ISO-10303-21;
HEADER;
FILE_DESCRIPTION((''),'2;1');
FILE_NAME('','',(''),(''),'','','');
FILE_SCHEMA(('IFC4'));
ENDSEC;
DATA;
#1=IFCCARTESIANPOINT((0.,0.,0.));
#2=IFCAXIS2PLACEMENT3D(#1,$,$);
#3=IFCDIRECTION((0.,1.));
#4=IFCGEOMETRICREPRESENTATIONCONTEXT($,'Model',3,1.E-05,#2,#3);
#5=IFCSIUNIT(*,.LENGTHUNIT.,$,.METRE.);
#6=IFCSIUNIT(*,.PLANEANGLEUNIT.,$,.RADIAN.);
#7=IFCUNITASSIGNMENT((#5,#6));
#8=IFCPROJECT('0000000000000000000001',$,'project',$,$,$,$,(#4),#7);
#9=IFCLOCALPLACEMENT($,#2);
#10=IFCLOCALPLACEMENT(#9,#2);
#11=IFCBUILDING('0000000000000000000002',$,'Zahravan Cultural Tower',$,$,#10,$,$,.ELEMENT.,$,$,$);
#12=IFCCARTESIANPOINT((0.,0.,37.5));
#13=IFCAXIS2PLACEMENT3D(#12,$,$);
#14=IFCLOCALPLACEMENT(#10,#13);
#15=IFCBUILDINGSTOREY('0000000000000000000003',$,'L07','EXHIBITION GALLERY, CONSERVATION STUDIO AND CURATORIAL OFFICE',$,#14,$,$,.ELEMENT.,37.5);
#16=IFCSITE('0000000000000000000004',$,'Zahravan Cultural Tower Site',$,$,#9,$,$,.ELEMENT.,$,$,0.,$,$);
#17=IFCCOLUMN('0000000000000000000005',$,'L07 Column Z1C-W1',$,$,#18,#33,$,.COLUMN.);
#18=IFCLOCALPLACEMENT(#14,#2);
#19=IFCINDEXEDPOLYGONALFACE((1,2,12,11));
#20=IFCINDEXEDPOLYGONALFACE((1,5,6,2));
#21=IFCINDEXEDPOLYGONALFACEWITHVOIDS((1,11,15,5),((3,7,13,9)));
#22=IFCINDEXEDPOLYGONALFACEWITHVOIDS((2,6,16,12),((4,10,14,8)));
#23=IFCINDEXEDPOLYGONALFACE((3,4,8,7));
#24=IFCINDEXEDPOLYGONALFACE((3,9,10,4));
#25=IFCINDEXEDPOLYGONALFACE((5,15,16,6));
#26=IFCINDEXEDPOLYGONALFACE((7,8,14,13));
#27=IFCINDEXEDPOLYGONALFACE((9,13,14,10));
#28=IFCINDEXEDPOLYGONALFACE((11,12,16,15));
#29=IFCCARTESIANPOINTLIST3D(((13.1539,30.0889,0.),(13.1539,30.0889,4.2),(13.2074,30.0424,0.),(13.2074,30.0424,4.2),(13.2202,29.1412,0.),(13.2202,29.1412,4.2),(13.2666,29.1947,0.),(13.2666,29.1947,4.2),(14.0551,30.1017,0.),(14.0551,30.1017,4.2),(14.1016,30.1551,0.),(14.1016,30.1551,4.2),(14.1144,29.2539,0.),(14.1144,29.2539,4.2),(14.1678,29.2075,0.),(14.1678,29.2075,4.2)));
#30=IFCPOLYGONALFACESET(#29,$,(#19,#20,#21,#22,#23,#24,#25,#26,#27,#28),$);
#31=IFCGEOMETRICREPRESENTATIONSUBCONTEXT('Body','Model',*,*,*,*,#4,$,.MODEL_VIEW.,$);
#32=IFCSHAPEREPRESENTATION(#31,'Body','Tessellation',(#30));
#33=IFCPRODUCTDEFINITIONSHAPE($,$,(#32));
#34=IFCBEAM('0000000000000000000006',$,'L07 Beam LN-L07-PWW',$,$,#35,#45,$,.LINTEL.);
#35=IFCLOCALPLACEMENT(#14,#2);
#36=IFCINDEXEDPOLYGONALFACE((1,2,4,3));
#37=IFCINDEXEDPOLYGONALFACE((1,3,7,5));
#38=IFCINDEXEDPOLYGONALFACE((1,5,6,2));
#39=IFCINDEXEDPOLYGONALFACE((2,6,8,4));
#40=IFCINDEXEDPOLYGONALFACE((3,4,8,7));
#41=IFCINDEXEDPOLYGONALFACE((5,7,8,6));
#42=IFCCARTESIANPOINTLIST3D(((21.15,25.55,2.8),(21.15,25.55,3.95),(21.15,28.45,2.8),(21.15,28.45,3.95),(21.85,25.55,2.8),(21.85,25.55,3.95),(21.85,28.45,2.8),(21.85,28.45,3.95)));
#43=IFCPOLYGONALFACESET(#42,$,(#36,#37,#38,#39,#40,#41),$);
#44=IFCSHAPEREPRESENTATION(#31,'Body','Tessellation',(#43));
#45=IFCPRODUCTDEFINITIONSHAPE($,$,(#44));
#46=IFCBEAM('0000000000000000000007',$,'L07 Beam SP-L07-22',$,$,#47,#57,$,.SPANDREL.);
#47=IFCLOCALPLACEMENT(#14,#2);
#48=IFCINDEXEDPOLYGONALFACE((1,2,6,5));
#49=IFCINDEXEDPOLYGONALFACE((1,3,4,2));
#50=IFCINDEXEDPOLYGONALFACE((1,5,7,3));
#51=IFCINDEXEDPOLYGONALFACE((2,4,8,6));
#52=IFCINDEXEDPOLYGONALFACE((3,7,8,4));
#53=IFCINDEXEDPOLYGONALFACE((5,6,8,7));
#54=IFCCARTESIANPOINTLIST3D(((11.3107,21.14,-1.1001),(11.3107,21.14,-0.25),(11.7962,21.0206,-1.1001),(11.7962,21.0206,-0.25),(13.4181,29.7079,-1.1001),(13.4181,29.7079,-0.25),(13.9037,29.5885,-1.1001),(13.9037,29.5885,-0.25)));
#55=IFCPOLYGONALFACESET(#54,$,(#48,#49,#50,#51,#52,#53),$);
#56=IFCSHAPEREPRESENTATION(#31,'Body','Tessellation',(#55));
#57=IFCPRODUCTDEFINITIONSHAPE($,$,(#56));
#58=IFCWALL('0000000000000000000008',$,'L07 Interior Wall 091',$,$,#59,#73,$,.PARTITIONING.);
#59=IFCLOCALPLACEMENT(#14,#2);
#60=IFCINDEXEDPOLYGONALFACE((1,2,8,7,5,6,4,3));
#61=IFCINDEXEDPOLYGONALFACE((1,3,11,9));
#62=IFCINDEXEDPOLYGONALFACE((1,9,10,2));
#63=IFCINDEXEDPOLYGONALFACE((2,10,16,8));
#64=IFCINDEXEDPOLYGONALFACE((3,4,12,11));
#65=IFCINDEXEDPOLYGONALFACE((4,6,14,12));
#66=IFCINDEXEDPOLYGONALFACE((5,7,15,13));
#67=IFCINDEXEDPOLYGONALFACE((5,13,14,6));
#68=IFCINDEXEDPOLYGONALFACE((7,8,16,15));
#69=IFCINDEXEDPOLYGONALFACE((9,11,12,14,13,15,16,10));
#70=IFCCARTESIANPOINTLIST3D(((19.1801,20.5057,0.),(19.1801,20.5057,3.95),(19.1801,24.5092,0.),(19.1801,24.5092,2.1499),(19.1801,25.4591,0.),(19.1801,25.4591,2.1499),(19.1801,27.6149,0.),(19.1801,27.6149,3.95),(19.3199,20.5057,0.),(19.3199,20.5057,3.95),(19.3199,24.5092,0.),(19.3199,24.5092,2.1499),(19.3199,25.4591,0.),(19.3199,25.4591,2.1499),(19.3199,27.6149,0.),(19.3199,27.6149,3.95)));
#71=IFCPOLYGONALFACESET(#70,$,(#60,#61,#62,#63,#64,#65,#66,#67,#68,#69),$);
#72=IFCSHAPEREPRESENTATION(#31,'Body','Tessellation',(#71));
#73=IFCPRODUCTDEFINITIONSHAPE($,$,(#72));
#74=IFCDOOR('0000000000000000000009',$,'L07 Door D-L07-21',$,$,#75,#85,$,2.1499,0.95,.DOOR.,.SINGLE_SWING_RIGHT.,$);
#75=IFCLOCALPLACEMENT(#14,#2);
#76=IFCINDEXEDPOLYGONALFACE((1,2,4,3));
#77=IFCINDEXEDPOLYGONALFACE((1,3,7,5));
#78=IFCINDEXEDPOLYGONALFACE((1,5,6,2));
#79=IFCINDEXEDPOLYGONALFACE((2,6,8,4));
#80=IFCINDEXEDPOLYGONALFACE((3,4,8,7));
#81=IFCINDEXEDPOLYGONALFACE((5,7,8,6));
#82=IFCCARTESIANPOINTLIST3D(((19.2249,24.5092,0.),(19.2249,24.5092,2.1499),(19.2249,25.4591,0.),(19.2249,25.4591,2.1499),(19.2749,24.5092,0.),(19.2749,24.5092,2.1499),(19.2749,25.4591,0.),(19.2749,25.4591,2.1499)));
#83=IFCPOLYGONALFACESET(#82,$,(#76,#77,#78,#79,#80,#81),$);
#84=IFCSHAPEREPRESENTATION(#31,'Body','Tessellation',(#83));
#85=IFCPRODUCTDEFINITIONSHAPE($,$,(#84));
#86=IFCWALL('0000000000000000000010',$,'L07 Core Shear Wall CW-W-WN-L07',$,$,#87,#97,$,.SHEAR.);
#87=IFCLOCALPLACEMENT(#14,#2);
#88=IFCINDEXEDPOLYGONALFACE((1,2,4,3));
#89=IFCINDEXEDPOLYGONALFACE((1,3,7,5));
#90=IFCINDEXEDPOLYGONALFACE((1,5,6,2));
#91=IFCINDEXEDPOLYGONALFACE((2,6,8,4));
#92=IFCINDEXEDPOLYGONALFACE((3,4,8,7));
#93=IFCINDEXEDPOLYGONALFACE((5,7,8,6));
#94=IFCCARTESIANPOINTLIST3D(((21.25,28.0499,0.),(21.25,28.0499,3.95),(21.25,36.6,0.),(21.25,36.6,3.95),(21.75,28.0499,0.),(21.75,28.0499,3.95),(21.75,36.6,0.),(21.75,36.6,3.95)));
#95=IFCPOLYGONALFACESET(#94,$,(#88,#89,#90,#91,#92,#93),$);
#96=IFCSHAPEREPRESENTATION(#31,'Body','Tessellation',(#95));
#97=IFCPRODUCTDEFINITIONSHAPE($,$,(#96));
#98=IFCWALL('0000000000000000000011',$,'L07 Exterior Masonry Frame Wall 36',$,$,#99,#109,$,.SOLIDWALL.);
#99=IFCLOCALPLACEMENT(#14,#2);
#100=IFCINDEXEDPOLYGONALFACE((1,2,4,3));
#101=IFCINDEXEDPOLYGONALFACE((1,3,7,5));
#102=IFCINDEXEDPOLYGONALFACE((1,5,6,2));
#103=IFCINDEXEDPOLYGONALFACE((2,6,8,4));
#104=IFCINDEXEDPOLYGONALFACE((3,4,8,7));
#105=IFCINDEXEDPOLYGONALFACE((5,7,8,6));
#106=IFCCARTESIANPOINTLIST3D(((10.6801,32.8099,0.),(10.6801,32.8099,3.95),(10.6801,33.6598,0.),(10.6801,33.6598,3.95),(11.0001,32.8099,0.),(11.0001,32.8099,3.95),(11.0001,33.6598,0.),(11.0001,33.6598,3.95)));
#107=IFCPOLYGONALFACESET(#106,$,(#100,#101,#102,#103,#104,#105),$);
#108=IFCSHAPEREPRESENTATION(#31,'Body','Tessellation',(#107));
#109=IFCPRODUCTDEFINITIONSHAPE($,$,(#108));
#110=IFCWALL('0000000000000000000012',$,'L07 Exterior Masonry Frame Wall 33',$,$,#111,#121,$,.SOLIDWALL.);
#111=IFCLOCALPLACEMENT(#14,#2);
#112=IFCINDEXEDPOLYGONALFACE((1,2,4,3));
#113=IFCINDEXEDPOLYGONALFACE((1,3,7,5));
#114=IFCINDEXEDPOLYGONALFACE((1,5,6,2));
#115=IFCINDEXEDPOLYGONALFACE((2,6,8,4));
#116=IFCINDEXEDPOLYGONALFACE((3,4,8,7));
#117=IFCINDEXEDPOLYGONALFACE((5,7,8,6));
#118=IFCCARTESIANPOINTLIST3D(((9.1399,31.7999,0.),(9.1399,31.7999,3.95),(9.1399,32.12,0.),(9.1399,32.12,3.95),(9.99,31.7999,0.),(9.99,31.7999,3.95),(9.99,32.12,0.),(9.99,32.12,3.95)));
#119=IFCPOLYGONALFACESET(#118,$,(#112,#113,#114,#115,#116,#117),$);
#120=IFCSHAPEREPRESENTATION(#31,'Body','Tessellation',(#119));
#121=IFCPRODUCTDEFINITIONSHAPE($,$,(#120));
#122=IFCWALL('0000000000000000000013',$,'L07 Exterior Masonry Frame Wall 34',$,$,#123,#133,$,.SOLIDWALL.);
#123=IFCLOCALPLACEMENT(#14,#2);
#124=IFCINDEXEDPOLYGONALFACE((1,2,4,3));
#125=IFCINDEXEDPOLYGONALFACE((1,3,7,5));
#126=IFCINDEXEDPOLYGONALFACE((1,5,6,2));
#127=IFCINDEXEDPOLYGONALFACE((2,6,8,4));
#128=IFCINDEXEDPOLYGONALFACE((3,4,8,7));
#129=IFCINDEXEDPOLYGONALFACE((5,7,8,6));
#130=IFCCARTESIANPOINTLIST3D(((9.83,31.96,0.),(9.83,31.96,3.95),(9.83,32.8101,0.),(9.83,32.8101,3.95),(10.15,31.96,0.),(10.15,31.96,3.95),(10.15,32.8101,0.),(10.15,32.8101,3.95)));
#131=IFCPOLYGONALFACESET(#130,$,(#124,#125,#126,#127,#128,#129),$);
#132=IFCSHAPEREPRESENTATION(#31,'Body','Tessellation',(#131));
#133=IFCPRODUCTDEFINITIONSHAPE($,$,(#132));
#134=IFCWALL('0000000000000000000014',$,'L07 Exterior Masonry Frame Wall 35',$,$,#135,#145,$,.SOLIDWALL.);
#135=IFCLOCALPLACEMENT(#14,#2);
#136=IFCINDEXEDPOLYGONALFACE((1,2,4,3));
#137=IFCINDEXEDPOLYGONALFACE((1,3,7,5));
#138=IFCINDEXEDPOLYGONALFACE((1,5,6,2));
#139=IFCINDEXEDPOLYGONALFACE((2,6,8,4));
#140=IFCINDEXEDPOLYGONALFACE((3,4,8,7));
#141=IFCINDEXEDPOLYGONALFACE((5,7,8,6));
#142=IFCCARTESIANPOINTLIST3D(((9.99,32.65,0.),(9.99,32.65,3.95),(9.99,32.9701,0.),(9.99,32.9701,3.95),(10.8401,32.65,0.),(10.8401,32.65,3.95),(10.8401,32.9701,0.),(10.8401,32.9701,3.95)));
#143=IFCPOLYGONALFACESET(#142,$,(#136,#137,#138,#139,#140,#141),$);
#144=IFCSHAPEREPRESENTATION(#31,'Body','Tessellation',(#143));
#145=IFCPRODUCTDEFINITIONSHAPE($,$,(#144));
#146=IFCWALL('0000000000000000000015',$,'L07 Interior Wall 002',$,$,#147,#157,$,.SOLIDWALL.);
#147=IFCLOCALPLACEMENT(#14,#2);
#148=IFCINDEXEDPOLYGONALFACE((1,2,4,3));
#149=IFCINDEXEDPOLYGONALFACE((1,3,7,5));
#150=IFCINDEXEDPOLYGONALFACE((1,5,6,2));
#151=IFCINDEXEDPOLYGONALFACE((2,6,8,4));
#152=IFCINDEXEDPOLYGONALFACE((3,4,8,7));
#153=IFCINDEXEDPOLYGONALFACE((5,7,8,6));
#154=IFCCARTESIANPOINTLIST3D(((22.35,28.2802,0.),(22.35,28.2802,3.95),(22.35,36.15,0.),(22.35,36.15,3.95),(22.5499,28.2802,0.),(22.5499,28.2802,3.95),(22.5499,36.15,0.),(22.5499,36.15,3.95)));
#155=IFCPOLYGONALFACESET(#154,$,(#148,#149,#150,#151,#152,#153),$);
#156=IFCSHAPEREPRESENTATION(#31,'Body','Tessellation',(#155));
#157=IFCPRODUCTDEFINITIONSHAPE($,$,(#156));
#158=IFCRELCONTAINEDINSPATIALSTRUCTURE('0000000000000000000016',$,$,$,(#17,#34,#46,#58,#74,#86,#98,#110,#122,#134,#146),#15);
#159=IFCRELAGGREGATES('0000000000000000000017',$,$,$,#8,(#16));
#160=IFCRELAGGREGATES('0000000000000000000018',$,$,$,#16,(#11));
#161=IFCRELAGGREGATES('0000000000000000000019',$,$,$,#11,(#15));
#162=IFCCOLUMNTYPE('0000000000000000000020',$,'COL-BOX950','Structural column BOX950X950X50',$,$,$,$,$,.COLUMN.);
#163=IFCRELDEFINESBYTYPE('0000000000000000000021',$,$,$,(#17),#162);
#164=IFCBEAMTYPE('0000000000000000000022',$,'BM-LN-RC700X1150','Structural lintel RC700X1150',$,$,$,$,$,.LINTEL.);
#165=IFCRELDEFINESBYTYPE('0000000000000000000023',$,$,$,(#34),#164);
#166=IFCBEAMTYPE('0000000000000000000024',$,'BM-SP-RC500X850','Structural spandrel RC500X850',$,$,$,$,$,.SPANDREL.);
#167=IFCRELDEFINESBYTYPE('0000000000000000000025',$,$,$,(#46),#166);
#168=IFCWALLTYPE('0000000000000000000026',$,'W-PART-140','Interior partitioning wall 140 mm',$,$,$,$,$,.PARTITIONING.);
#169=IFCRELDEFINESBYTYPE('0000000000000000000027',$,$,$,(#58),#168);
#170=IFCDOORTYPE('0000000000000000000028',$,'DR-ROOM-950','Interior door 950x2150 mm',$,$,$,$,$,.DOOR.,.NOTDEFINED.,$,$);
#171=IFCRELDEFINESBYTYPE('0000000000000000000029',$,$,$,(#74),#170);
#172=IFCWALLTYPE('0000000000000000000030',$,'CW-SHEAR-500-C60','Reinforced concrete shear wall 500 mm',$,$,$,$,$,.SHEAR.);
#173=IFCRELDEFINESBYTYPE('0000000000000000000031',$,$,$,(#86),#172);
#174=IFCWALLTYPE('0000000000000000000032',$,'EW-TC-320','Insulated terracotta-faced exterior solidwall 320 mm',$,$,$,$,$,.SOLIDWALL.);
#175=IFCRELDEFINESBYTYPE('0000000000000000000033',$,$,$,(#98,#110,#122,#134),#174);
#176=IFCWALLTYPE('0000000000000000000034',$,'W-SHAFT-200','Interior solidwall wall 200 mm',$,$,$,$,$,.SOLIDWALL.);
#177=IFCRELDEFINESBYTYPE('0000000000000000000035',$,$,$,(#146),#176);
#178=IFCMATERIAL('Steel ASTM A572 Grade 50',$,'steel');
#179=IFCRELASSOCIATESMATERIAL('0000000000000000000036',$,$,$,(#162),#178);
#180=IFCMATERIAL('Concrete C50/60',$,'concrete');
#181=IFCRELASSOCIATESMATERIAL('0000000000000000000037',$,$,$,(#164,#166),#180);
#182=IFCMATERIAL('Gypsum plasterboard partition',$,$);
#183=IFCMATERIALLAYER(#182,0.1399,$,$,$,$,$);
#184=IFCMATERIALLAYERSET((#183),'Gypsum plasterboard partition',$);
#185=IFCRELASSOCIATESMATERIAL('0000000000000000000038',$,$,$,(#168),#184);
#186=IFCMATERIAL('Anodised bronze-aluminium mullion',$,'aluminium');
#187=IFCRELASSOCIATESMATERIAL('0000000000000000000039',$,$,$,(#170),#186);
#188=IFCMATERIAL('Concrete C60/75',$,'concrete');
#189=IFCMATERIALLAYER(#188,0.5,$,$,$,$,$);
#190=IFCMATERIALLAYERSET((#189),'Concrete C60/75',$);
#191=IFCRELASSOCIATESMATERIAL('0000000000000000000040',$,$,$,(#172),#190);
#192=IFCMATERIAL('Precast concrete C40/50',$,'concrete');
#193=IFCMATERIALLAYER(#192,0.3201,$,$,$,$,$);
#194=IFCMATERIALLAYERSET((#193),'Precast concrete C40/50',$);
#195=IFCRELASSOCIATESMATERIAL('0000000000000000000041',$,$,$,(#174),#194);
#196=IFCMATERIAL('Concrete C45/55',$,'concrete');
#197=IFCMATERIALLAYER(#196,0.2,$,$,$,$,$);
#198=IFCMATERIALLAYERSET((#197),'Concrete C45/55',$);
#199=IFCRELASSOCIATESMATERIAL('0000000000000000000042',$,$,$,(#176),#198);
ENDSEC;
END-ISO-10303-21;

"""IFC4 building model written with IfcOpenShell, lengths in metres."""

from ifc_helpers import new_model, si_unit, direction, frame, frame_2d, origin, origin_2d, place, context, subcontext, project, spatial, rectangle, hollow_rectangle, extrude, source, transform, mapped, material, layer, layer_set, material_profile, profile_set, type_object, element, fill, save


model = new_model("IFC4")

# Units and contexts
model_context = context("Model", 3, precision=1e-05, world=origin(), true_north=direction((0.0, 1.0)))
body_context = subcontext(model_context, "Body", "Model", "MODEL_VIEW")
ifc_project = project(units=[si_unit("LENGTHUNIT", "METRE"), si_unit("PLANEANGLEUNIT", "RADIAN")], contexts=[model_context])

# Site, building, storey
site_placement = place(None, origin())
site = spatial("IfcSite", under=ifc_project, at=site_placement, Name="Zahravan Cultural Tower Site", CompositionType="ELEMENT", RefElevation=0.0)
building_placement = place(site_placement, origin())
building = spatial("IfcBuilding", under=site, at=building_placement, Name="Zahravan Cultural Tower", CompositionType="ELEMENT")
storey_placement = place(building_placement, frame((0.0, 0.0, 37.5)))
storey = spatial("IfcBuildingStorey", under=building, at=storey_placement, Name="L07", Description="EXHIBITION GALLERY, CONSERVATION STUDIO AND CURATORIAL OFFICE", CompositionType="ELEMENT", Elevation=37.5)

# Column
ifc_material_1 = material(Name="Steel ASTM A572 Grade 50", Category="steel")
ifc_material_profile_1 = material_profile(ifc_material_1, hollow_rectangle(XDim=0.95, YDim=0.95, WallThickness=0.05, at=origin_2d()), Name="BOX950X950X50")
ifc_profile_set_1 = profile_set([ifc_material_profile_1], Name="Steel ASTM A572 Grade 50")
column_type = type_object("IfcColumnType", Name="COL-BOX950", Description="Structural column BOX950X950X50", PredefinedType="COLUMN", material=ifc_profile_set_1)
shared_shape_1 = source(origin(), body_context, "Body", "SweptSolid", [
    extrude(hollow_rectangle(XDim=0.95, YDim=0.95, WallThickness=0.05, at=origin_2d()), origin(), (0.0, 0.0, 1.0), 4.2),
])
column_placement = place(storey_placement, frame((13.6609, 29.6482, 0.0), z_axis=(0.0, 0.0, 1.0), x_axis=(0.997564, 0.069756, 0.0)))
element("IfcColumn", 1, at=column_placement, inside=storey, type_object=column_type, Name="L07 Column Z1C-W1", PredefinedType="COLUMN", context=body_context, shape_type="MappedRepresentation", body=[
    mapped(shared_shape_1, transform((0.0, 0.0, 0.0), x_axis=(1.0, 0.0, 0.0), y_axis=(0.0, 1.0, 0.0), z_axis=(0.0, 0.0, 1.0), scale=1.0)),
])

# Beams
ifc_material_2 = material(Name="Concrete C50/60", Category="concrete")
ifc_material_profile_2 = material_profile(ifc_material_2, rectangle(XDim=0.7, YDim=1.1499, at=origin_2d()), Name="RC700X1150")
ifc_profile_set_2 = profile_set([ifc_material_profile_2], Name="Concrete C50/60")
beam_type_1 = type_object("IfcBeamType", Name="BM-LN-RC700X1150", Description="Structural lintel RC700X1150", PredefinedType="LINTEL", material=ifc_profile_set_2)
shared_shape_2 = source(origin(), body_context, "Body", "SweptSolid", [
    extrude(rectangle(XDim=0.7, YDim=1.1499, at=origin_2d()), origin(), (0.0, 0.0, 1.0), 2.8999),
])
beam_1_placement = place(storey_placement, frame((21.5, 25.55, 3.375), z_axis=(0.0, 1.0, 0.0), x_axis=(-1.0, 0.0, 0.0)))
element("IfcBeam", 2, at=beam_1_placement, inside=storey, type_object=beam_type_1, Name="L07 Beam LN-L07-PWW", PredefinedType="LINTEL", context=body_context, shape_type="MappedRepresentation", body=[
    mapped(shared_shape_2, transform((0.0, 0.0, 0.0), x_axis=(1.0, 0.0, 0.0), y_axis=(0.0, 1.0, 0.0), z_axis=(0.0, 0.0, 1.0), scale=1.0)),
])
ifc_material_profile_3 = material_profile(ifc_material_2, rectangle(XDim=0.5, YDim=0.8501, at=origin_2d()), Name="RC500X850")
ifc_profile_set_3 = profile_set([ifc_material_profile_3], Name="Concrete C50/60")
beam_type_2 = type_object("IfcBeamType", Name="BM-SP-RC500X850", Description="Structural spandrel RC500X850", PredefinedType="SPANDREL", material=ifc_profile_set_3)
shared_shape_3 = source(origin(), body_context, "Body", "SweptSolid", [
    extrude(rectangle(XDim=0.5, YDim=0.8501, at=origin_2d()), origin(), (0.0, 0.0, 1.0), 8.8232),
])
beam_2_placement = place(storey_placement, frame((13.6609, 29.6482, -0.675), z_axis=(-0.238849, -0.971057, 0.0), x_axis=(0.971057, -0.238849, 0.0)))
element("IfcBeam", 3, at=beam_2_placement, inside=storey, type_object=beam_type_2, Name="L07 Beam SP-L07-22", PredefinedType="SPANDREL", context=body_context, shape_type="MappedRepresentation", body=[
    mapped(shared_shape_3, transform((0.0, 0.0, 0.0), x_axis=(1.0, 0.0, 0.0), y_axis=(0.0, 1.0, 0.0), z_axis=(0.0, 0.0, 1.0), scale=1.0)),
])

# Wall, opening, door
ifc_material_3 = material(Name="Gypsum plasterboard partition")
ifc_layer_1 = layer(ifc_material_3, 0.1399)
ifc_layer_set_1 = layer_set([ifc_layer_1], Name="Gypsum plasterboard partition")
wall_type_1 = type_object("IfcWallType", Name="W-PART-140", Description="Interior partitioning wall 140 mm", PredefinedType="PARTITIONING", material=ifc_layer_set_1)
wall_1_placement = place(storey_placement, frame((19.25, 27.615, 0.0), z_axis=(0.0, 0.0, 1.0), x_axis=(0.0, -1.0, 0.0)))
wall_1 = element("IfcWall", 4, at=wall_1_placement, inside=storey, type_object=wall_type_1, Name="L07 Interior Wall 091", PredefinedType="PARTITIONING", context=body_context, shape_type="SweptSolid", body=[
    extrude(rectangle(XDim=7.1091, YDim=0.1399, at=frame_2d((3.5547, 0.0))), origin(), (0.0, 0.0, 1.0), 3.95),
])
opening_placement = place(wall_1_placement, frame((2.1558, 0.0, 0.0)))
opening = element("IfcOpeningElement", 5, at=opening_placement, cuts=wall_1, PredefinedType="OPENING", context=body_context, shape_type="SweptSolid", body=[
    extrude(rectangle(XDim=0.95, YDim=2.1499, at=frame_2d((0.4751, 1.075))), frame((0.0, 0.0798, 0.0), z_axis=(0.0, -1.0, 0.0), x_axis=(1.0, 0.0, 0.0)), (0.0, 0.0, 1.0), 0.1599),
])
ifc_material_4 = material(Name="Anodised bronze-aluminium mullion", Category="aluminium")
door_type = type_object("IfcDoorType", Name="DR-ROOM-950", Description="Interior door 950x2150 mm", OperationType="NOTDEFINED", PredefinedType="DOOR", material=ifc_material_4)
shared_shape_4 = source(origin(), body_context, "Body", "SweptSolid", [
    extrude(rectangle(XDim=0.95, YDim=2.1499, at=frame_2d((0.4751, 1.075))), frame((0.0, 0.0249, 0.0), z_axis=(0.0, -1.0, 0.0), x_axis=(1.0, 0.0, 0.0)), (0.0, 0.0, 1.0), 0.05),
])
door_placement = place(opening_placement, origin())
door = element("IfcDoor", 6, at=door_placement, inside=storey, type_object=door_type, Name="L07 Door D-L07-21", OperationType="SINGLE_SWING_RIGHT", OverallHeight=2.1499, OverallWidth=0.95, PredefinedType="DOOR", context=body_context, shape_type="MappedRepresentation", body=[
    mapped(shared_shape_4, transform((0.0, 0.0, 0.0), x_axis=(1.0, 0.0, 0.0), y_axis=(0.0, 1.0, 0.0), z_axis=(0.0, 0.0, 1.0), scale=1.0)),
])
fill(opening, door)

# Walls
ifc_material_5 = material(Name="Concrete C60/75", Category="concrete")
ifc_layer_2 = layer(ifc_material_5, 0.5)
ifc_layer_set_2 = layer_set([ifc_layer_2], Name="Concrete C60/75")
wall_type_2 = type_object("IfcWallType", Name="CW-SHEAR-500-C60", Description="Reinforced concrete shear wall 500 mm", PredefinedType="SHEAR", material=ifc_layer_set_2)
shared_shape_5 = source(origin(), body_context, "Body", "SweptSolid", [
    extrude(rectangle(XDim=8.55, YDim=0.5, at=frame_2d((4.2749, 0.0))), origin(), (0.0, 0.0, 1.0), 3.95),
])
wall_2_placement = place(storey_placement, frame((21.5, 28.05, 0.0), z_axis=(0.0, 0.0, 1.0), x_axis=(0.0, 1.0, 0.0)))
element("IfcWall", 7, at=wall_2_placement, inside=storey, type_object=wall_type_2, Name="L07 Core Shear Wall CW-W-WN-L07", PredefinedType="SHEAR", context=body_context, shape_type="MappedRepresentation", body=[
    mapped(shared_shape_5, transform((0.0, 0.0, 0.0), x_axis=(1.0, 0.0, 0.0), y_axis=(0.0, 1.0, 0.0), z_axis=(0.0, 0.0, 1.0), scale=1.0)),
])
ifc_material_6 = material(Name="Precast concrete C40/50", Category="concrete")
ifc_layer_3 = layer(ifc_material_6, 0.3201)
ifc_layer_set_3 = layer_set([ifc_layer_3], Name="Precast concrete C40/50")
wall_type_3 = type_object("IfcWallType", Name="EW-TC-320", Description="Insulated terracotta-faced exterior solidwall 320 mm", PredefinedType="SOLIDWALL", material=ifc_layer_set_3)
shared_shape_6 = source(origin(), body_context, "Body", "SweptSolid", [
    extrude(rectangle(XDim=0.8499, YDim=0.3201, at=frame_2d((0.4248, 0.0))), origin(), (0.0, 0.0, 1.0), 3.95),
])
wall_3_placement = place(storey_placement, frame((10.8401, 32.8101, 0.0), z_axis=(0.0, 0.0, 1.0), x_axis=(0.0, 1.0, 0.0)))
element("IfcWall", 8, at=wall_3_placement, inside=storey, type_object=wall_type_3, Name="L07 Exterior Masonry Frame Wall 36", PredefinedType="SOLIDWALL", context=body_context, shape_type="MappedRepresentation", body=[
    mapped(shared_shape_6, transform((0.0, 0.0, 0.0), x_axis=(1.0, 0.0, 0.0), y_axis=(0.0, 1.0, 0.0), z_axis=(0.0, 0.0, 1.0), scale=1.0)),
])
shared_shape_7 = source(origin(), body_context, "Body", "SweptSolid", [
    extrude(rectangle(XDim=0.8501, YDim=0.3201, at=frame_2d((0.425, 0.0))), origin(), (0.0, 0.0, 1.0), 3.95),
])
for number, where, z_axis, x_axis, name in (
    (9, (9.1399, 31.96, 0.0), (0.0, 0.0, 1.0), (1.0, 0.0, 0.0), "L07 Exterior Masonry Frame Wall 33"),
    (10, (9.99, 31.96, 0.0), (0.0, 0.0, 1.0), (0.0, 1.0, 0.0), "L07 Exterior Masonry Frame Wall 34"),
    (11, (9.99, 32.8101, 0.0), (0.0, 0.0, 1.0), (1.0, 0.0, 0.0), "L07 Exterior Masonry Frame Wall 35"),
):
    element("IfcWall", number, at=place(storey_placement, frame(where, z_axis=z_axis, x_axis=x_axis)), inside=storey, type_object=wall_type_3, Name=name, PredefinedType="SOLIDWALL", context=body_context, shape_type="MappedRepresentation", body=[
        mapped(shared_shape_7, transform((0.0, 0.0, 0.0), x_axis=(1.0, 0.0, 0.0), y_axis=(0.0, 1.0, 0.0), z_axis=(0.0, 0.0, 1.0), scale=1.0)),
    ])
ifc_material_7 = material(Name="Concrete C45/55", Category="concrete")
ifc_layer_4 = layer(ifc_material_7, 0.2)
ifc_layer_set_4 = layer_set([ifc_layer_4], Name="Concrete C45/55")
wall_type_4 = type_object("IfcWallType", Name="W-SHAFT-200", Description="Interior solidwall wall 200 mm", PredefinedType="SOLIDWALL", material=ifc_layer_set_4)
shared_shape_8 = source(origin(), body_context, "Body", "SweptSolid", [
    extrude(rectangle(XDim=7.8699, YDim=0.2, at=frame_2d((3.9351, 0.0))), origin(), (0.0, 0.0, 1.0), 3.95),
])
wall_4_placement = place(storey_placement, frame((22.45, 28.28, 0.0), z_axis=(0.0, 0.0, 1.0), x_axis=(0.0, 1.0, 0.0)))
element("IfcWall", 12, at=wall_4_placement, inside=storey, type_object=wall_type_4, Name="L07 Interior Wall 002", PredefinedType="SOLIDWALL", context=body_context, shape_type="MappedRepresentation", body=[
    mapped(shared_shape_8, transform((0.0, 0.0, 0.0), x_axis=(1.0, 0.0, 0.0), y_axis=(0.0, 1.0, 0.0), z_axis=(0.0, 0.0, 1.0), scale=1.0)),
])

save(model, "model.ifc")
